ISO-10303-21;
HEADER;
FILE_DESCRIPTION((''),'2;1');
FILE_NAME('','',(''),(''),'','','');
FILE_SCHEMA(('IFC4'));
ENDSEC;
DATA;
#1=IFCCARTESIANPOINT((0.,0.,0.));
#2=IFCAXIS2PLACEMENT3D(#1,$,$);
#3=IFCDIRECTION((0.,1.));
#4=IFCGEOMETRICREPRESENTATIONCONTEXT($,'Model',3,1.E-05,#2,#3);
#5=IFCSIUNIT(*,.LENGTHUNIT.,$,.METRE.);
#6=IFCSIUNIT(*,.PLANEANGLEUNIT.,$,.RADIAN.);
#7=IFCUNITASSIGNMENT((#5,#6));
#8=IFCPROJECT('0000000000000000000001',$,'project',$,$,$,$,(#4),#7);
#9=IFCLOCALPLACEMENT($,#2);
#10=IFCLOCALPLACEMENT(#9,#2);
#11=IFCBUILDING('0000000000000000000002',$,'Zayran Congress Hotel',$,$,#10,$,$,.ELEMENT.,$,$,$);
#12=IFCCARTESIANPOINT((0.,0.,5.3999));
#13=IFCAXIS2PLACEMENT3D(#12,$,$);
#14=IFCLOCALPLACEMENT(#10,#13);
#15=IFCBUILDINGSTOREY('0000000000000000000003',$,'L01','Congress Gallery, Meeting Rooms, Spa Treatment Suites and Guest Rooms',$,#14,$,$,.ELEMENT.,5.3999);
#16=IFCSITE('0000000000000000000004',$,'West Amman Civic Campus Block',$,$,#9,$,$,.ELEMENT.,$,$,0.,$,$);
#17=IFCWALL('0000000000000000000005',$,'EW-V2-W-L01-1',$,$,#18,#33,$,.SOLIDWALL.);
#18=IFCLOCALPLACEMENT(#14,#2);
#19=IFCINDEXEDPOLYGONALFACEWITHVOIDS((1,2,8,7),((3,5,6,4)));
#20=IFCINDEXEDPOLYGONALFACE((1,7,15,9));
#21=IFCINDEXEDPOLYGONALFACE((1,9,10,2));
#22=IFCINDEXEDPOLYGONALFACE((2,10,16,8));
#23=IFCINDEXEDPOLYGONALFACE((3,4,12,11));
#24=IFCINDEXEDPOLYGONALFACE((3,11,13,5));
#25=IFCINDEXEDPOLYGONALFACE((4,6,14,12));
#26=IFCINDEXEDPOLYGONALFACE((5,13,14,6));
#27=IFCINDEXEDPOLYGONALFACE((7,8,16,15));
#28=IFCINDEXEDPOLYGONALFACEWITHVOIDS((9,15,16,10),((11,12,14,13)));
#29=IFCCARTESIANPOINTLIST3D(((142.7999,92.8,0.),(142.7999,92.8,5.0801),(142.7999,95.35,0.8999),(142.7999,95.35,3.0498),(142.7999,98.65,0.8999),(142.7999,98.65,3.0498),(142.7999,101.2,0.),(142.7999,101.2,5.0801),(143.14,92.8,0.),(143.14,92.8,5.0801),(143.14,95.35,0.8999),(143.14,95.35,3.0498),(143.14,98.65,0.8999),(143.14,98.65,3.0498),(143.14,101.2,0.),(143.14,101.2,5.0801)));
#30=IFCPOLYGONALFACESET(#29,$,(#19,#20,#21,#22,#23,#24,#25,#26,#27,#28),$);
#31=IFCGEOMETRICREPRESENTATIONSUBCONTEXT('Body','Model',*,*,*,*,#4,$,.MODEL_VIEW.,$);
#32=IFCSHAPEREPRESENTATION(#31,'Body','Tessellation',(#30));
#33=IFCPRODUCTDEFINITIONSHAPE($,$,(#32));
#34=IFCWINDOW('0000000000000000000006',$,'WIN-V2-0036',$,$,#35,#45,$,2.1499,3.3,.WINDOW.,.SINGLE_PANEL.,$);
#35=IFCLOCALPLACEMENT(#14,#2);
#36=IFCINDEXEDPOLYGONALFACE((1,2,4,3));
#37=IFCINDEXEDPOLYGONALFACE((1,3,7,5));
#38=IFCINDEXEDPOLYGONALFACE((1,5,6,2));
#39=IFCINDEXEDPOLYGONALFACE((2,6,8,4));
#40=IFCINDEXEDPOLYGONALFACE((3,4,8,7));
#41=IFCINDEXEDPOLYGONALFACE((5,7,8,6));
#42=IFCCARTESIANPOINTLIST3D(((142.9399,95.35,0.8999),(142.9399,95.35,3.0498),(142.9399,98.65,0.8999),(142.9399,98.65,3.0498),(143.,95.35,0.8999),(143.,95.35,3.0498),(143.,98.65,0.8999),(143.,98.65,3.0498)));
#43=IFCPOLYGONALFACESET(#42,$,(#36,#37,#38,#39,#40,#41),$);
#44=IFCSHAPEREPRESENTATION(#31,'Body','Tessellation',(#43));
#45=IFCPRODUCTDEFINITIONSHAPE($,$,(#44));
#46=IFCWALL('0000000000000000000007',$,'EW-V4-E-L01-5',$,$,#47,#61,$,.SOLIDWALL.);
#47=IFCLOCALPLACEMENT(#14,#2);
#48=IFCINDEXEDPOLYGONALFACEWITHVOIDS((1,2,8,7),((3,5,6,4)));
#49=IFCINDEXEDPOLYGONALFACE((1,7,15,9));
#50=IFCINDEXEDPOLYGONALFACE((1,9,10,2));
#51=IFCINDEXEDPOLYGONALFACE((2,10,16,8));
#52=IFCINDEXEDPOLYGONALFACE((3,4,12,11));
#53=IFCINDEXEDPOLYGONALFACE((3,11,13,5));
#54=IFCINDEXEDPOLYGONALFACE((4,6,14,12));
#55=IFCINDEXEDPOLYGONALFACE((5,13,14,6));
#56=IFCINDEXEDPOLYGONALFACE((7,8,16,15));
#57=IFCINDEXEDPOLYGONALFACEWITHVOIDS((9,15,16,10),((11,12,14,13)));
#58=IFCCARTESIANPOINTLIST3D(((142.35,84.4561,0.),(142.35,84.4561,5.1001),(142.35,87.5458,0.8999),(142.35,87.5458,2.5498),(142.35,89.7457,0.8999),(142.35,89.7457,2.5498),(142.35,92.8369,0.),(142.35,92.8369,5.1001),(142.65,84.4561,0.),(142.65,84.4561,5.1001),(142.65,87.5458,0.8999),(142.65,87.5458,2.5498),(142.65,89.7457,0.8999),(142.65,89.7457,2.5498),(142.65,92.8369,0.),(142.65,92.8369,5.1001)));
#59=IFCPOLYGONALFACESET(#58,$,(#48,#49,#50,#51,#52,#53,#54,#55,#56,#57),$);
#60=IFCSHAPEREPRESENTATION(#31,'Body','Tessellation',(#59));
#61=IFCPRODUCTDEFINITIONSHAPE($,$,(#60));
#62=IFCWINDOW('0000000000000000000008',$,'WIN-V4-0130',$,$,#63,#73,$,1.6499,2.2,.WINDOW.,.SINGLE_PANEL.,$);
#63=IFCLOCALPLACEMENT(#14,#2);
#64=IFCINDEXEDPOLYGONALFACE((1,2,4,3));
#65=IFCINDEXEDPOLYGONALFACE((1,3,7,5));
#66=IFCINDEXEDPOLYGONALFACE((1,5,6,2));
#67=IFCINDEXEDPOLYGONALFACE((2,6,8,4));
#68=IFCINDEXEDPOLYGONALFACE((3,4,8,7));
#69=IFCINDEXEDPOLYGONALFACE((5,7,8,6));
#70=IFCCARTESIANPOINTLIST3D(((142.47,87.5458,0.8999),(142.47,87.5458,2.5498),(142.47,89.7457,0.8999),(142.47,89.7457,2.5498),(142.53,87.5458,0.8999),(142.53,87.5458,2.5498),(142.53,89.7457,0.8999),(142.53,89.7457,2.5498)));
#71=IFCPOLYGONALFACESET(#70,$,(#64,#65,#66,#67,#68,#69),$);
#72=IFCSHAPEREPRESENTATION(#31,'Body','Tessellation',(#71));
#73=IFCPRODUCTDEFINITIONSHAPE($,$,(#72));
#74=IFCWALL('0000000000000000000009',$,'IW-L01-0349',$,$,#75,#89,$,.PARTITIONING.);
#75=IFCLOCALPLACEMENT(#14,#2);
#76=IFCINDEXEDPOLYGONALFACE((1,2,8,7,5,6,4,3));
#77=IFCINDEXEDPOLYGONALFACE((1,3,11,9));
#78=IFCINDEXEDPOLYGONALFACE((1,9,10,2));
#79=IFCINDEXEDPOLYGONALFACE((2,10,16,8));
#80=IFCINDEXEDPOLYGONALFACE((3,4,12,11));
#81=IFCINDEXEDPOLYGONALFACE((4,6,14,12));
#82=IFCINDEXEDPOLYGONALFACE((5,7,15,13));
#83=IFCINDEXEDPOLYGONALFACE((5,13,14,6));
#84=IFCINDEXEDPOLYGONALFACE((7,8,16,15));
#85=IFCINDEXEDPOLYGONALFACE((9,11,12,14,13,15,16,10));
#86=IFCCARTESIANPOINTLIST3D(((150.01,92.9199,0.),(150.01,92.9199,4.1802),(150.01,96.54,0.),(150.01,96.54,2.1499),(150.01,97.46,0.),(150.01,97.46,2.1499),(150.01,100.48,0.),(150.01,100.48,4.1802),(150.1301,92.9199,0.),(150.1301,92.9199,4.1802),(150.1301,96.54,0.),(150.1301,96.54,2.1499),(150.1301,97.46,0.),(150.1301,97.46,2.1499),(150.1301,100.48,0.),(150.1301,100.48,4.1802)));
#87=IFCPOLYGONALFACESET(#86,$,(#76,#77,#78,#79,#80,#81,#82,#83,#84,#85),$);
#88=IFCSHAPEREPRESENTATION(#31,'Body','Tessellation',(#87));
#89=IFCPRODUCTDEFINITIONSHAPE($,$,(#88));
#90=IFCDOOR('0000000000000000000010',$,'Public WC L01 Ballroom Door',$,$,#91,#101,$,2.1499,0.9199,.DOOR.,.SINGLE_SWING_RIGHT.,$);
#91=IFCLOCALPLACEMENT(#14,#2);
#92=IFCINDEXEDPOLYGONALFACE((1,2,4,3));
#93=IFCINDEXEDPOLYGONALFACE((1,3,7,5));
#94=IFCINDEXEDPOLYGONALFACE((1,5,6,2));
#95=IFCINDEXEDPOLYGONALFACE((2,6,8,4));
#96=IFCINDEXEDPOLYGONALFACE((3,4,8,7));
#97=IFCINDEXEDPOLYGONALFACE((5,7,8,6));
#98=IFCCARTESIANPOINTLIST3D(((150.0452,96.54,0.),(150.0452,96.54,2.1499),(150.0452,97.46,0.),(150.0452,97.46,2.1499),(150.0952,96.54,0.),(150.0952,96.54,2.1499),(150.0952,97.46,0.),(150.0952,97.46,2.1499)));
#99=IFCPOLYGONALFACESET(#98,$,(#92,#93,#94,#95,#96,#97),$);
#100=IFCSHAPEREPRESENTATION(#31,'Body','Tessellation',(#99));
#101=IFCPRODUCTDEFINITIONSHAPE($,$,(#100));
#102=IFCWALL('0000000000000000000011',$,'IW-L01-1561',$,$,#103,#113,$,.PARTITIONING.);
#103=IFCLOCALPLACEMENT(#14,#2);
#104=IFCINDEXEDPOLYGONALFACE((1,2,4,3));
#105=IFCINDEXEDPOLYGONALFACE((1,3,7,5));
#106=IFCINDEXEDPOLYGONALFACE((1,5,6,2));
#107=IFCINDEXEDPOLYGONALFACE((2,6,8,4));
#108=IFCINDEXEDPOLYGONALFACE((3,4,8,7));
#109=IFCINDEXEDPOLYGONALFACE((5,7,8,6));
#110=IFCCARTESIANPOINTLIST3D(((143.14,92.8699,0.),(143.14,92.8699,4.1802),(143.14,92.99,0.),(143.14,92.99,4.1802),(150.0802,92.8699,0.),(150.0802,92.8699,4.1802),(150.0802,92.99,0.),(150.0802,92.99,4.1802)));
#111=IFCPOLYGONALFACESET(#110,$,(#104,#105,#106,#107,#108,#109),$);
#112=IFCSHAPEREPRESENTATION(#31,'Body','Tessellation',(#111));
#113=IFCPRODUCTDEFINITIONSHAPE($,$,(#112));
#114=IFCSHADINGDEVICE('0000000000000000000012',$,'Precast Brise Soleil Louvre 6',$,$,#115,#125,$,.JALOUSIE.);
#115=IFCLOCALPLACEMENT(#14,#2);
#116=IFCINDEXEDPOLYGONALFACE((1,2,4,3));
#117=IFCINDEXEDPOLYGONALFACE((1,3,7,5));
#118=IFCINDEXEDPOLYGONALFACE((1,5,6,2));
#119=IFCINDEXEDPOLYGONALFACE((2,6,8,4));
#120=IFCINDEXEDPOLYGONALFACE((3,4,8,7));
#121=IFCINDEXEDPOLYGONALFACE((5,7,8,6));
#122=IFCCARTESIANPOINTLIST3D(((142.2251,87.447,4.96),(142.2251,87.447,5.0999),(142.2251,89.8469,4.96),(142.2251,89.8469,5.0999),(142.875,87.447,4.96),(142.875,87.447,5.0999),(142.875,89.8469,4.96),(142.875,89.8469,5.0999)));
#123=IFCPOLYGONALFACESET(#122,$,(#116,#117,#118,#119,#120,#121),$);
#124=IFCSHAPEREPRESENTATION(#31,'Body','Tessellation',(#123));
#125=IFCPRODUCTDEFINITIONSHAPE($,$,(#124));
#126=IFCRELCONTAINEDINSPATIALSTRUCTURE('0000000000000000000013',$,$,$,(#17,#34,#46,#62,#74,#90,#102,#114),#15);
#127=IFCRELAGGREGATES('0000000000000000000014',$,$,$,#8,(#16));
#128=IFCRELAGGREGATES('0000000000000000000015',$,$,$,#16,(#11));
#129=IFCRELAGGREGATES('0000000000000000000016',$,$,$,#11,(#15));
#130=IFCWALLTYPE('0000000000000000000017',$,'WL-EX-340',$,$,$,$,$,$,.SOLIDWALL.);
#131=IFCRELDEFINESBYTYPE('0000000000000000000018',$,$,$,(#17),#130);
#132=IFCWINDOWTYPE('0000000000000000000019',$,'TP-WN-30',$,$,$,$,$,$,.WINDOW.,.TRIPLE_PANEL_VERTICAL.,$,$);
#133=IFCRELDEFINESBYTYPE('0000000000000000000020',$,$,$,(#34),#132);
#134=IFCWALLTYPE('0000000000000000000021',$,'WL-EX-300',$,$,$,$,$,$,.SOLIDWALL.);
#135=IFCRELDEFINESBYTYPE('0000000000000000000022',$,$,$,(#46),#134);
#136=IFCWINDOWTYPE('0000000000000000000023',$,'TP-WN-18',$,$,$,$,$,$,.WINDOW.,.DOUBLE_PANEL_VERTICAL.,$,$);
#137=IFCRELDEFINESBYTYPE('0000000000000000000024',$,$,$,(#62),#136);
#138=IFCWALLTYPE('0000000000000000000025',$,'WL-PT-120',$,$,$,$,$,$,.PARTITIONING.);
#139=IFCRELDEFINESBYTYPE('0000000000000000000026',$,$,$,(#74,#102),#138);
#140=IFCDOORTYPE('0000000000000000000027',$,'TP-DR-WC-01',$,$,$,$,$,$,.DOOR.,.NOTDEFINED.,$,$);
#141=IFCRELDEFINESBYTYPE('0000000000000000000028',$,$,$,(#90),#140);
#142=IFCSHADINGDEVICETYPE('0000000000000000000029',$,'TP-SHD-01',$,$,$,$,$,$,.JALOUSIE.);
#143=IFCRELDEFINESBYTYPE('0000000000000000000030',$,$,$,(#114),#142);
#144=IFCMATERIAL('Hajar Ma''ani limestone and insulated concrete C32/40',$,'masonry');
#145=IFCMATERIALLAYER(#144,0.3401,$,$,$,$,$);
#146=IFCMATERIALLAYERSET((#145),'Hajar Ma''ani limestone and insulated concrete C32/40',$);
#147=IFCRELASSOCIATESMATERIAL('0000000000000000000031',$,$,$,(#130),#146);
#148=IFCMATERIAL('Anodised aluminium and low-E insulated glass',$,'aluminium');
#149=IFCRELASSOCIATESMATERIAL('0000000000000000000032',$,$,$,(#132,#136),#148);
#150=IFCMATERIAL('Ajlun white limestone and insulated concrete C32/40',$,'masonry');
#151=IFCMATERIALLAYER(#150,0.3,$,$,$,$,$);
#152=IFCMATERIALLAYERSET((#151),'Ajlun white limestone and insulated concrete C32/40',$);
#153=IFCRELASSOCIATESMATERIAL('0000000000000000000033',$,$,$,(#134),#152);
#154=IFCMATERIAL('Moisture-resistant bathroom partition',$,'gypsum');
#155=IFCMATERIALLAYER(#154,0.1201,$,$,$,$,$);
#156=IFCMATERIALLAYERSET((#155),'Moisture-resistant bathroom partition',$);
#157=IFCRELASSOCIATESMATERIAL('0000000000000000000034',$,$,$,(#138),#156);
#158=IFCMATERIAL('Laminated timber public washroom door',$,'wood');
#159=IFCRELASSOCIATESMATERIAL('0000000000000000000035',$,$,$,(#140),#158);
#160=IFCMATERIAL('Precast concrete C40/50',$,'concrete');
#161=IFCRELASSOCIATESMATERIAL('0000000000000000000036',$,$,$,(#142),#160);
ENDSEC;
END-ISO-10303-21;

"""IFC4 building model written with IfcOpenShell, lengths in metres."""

from ifc_helpers import new_model, si_unit, direction, frame, frame_2d, origin, origin_2d, place, context, subcontext, project, spatial, rectangle, extrude, material, layer, layer_set, type_object, element, fill, save


model = new_model("IFC4")

# Units and contexts
model_context = context("Model", 3, precision=1e-05, world=origin(), true_north=direction((0.0, 1.0)))
body_context = subcontext(model_context, "Body", "Model", "MODEL_VIEW")
ifc_project = project(units=[si_unit("LENGTHUNIT", "METRE"), si_unit("PLANEANGLEUNIT", "RADIAN")], contexts=[model_context])

# Site, building, storey
site_placement = place(None, origin())
site = spatial("IfcSite", under=ifc_project, at=site_placement, Name="West Amman Civic Campus Block", CompositionType="ELEMENT", RefElevation=0.0)
building_placement = place(site_placement, origin())
building = spatial("IfcBuilding", under=site, at=building_placement, Name="Zayran Congress Hotel", CompositionType="ELEMENT")
storey_placement = place(building_placement, frame((0.0, 0.0, 5.3999)))
storey = spatial("IfcBuildingStorey", under=building, at=storey_placement, Name="L01", Description="Congress Gallery, Meeting Rooms, Spa Treatment Suites and Guest Rooms", CompositionType="ELEMENT", Elevation=5.3999)

# Walls, openings, windows
ifc_material_1 = material(Name="Hajar Ma'ani limestone and insulated concrete C32/40", Category="masonry")
ifc_layer_1 = layer(ifc_material_1, 0.3401)
ifc_layer_set_1 = layer_set([ifc_layer_1], Name="Hajar Ma'ani limestone and insulated concrete C32/40")
wall_type_1 = type_object("IfcWallType", Name="WL-EX-340", PredefinedType="SOLIDWALL", material=ifc_layer_set_1)
wall_1_placement = place(storey_placement, frame((142.97, 92.8, 0.0), z_axis=(0.0, 0.0, 1.0), x_axis=(0.0, 1.0, 0.0)))
wall_1 = element("IfcWall", 1, at=wall_1_placement, inside=storey, type_object=wall_type_1, Name="EW-V2-W-L01-1", PredefinedType="SOLIDWALL", context=body_context, shape_type="SweptSolid", body=[
    extrude(rectangle(XDim=8.3999, YDim=0.3401, at=frame_2d((4.2, 0.0))), origin(), (0.0, 0.0, 1.0), 5.0801),
])
opening_1_placement = place(wall_1_placement, frame((2.55, 0.0, 0.8999)))
opening_1 = element("IfcOpeningElement", 2, at=opening_1_placement, cuts=wall_1, PredefinedType="OPENING", context=body_context, shape_type="SweptSolid", body=[
    extrude(rectangle(XDim=3.3, YDim=2.1499, at=frame_2d((1.6499, 1.075))), frame((0.0, 0.1799, 0.0), z_axis=(0.0, -1.0, 0.0), x_axis=(1.0, 0.0, 0.0)), (0.0, 0.0, 1.0), 0.3601),
])
ifc_material_2 = material(Name="Anodised aluminium and low-E insulated glass", Category="aluminium")
window_type_1 = type_object("IfcWindowType", Name="TP-WN-30", PartitioningType="TRIPLE_PANEL_VERTICAL", PredefinedType="WINDOW", material=ifc_material_2)
window_1_placement = place(opening_1_placement, origin())
window_1 = element("IfcWindow", 3, at=window_1_placement, inside=storey, type_object=window_type_1, Name="WIN-V2-0036", OverallHeight=2.1499, OverallWidth=3.3, PartitioningType="SINGLE_PANEL", PredefinedType="WINDOW", context=body_context, shape_type="SweptSolid", body=[
    extrude(rectangle(XDim=3.3, YDim=2.1499, at=frame_2d((1.6499, 1.075))), frame((0.0, 0.03, 0.0), z_axis=(0.0, -1.0, 0.0), x_axis=(1.0, 0.0, 0.0)), (0.0, 0.0, 1.0), 0.0601),
])
fill(opening_1, window_1)
ifc_material_3 = material(Name="Ajlun white limestone and insulated concrete C32/40", Category="masonry")
ifc_layer_2 = layer(ifc_material_3, 0.3)
ifc_layer_set_2 = layer_set([ifc_layer_2], Name="Ajlun white limestone and insulated concrete C32/40")
wall_type_2 = type_object("IfcWallType", Name="WL-EX-300", PredefinedType="SOLIDWALL", material=ifc_layer_set_2)
wall_2_placement = place(storey_placement, frame((142.5, 92.8369, 0.0), z_axis=(0.0, 0.0, 1.0), x_axis=(0.0, -1.0, 0.0)))
wall_2 = element("IfcWall", 4, at=wall_2_placement, inside=storey, type_object=wall_type_2, Name="EW-V4-E-L01-5", PredefinedType="SOLIDWALL", context=body_context, shape_type="SweptSolid", body=[
    extrude(rectangle(XDim=8.3809, YDim=0.3, at=frame_2d((4.1904, 0.0))), origin(), (0.0, 0.0, 1.0), 5.1001),
])
opening_2_placement = place(wall_2_placement, frame((3.0911, 0.0, 0.8999)))
opening_2 = element("IfcOpeningElement", 5, at=opening_2_placement, cuts=wall_2, PredefinedType="OPENING", context=body_context, shape_type="SweptSolid", body=[
    extrude(rectangle(XDim=2.2, YDim=1.6499, at=frame_2d((1.1001, 0.825))), frame((0.0, 0.1599, 0.0), z_axis=(0.0, -1.0, 0.0), x_axis=(1.0, 0.0, 0.0)), (0.0, 0.0, 1.0), 0.3201),
])
window_type_2 = type_object("IfcWindowType", Name="TP-WN-18", PartitioningType="DOUBLE_PANEL_VERTICAL", PredefinedType="WINDOW", material=ifc_material_2)
window_2_placement = place(opening_2_placement, origin())
window_2 = element("IfcWindow", 6, at=window_2_placement, inside=storey, type_object=window_type_2, Name="WIN-V4-0130", OverallHeight=1.6499, OverallWidth=2.2, PartitioningType="SINGLE_PANEL", PredefinedType="WINDOW", context=body_context, shape_type="SweptSolid", body=[
    extrude(rectangle(XDim=2.2, YDim=1.6499, at=frame_2d((1.1001, 0.825))), frame((0.0, 0.03, 0.0), z_axis=(0.0, -1.0, 0.0), x_axis=(1.0, 0.0, 0.0)), (0.0, 0.0, 1.0), 0.0601),
])
fill(opening_2, window_2)

# Wall, opening, door
ifc_material_4 = material(Name="Moisture-resistant bathroom partition", Category="gypsum")
ifc_layer_3 = layer(ifc_material_4, 0.1201)
ifc_layer_set_3 = layer_set([ifc_layer_3], Name="Moisture-resistant bathroom partition")
wall_type_3 = type_object("IfcWallType", Name="WL-PT-120", PredefinedType="PARTITIONING", material=ifc_layer_set_3)
wall_3_placement = place(storey_placement, frame((150.0701, 92.9199, 0.0), z_axis=(0.0, 0.0, 1.0), x_axis=(0.0, 1.0, 0.0)))
wall_3 = element("IfcWall", 7, at=wall_3_placement, inside=storey, type_object=wall_type_3, Name="IW-L01-0349", PredefinedType="PARTITIONING", context=body_context, shape_type="SweptSolid", body=[
    extrude(rectangle(XDim=7.5601, YDim=0.1201, at=frame_2d((3.78, 0.0))), origin(), (0.0, 0.0, 1.0), 4.1802),
])
opening_3_placement = place(wall_3_placement, frame((3.6201, 0.0, 0.0)))
opening_3 = element("IfcOpeningElement", 8, at=opening_3_placement, cuts=wall_3, PredefinedType="OPENING", context=body_context, shape_type="SweptSolid", body=[
    extrude(rectangle(XDim=0.9199, YDim=2.1499, at=frame_2d((0.46, 1.075))), frame((0.0, 0.0701, 0.0), z_axis=(0.0, -1.0, 0.0), x_axis=(1.0, 0.0, 0.0)), (0.0, 0.0, 1.0), 0.1401),
])
ifc_material_5 = material(Name="Laminated timber public washroom door", Category="wood")
door_type = type_object("IfcDoorType", Name="TP-DR-WC-01", OperationType="NOTDEFINED", PredefinedType="DOOR", material=ifc_material_5)
door_placement = place(opening_3_placement, origin())
door = element("IfcDoor", 9, at=door_placement, inside=storey, type_object=door_type, Name="Public WC L01 Ballroom Door", OperationType="SINGLE_SWING_RIGHT", OverallHeight=2.1499, OverallWidth=0.9199, PredefinedType="DOOR", context=body_context, shape_type="SweptSolid", body=[
    extrude(rectangle(XDim=0.9199, YDim=2.1499, at=frame_2d((0.46, 1.075))), frame((0.0, 0.0249, 0.0), z_axis=(0.0, -1.0, 0.0), x_axis=(1.0, 0.0, 0.0)), (0.0, 0.0, 1.0), 0.05),
])
fill(opening_3, door)

# Wall
wall_4_placement = place(storey_placement, frame((143.1399, 92.9299, 0.0), z_axis=(0.0, 0.0, 1.0), x_axis=(1.0, 0.0, 0.0)))
element("IfcWall", 10, at=wall_4_placement, inside=storey, type_object=wall_type_3, Name="IW-L01-1561", PredefinedType="PARTITIONING", context=body_context, shape_type="SweptSolid", body=[
    extrude(rectangle(XDim=6.9402, YDim=0.1201, at=frame_2d((3.4702, 0.0))), origin(), (0.0, 0.0, 1.0), 4.1802),
])

# Shading device
ifc_material_6 = material(Name="Precast concrete C40/50", Category="concrete")
shading_device_type = type_object("IfcShadingDeviceType", Name="TP-SHD-01", PredefinedType="JALOUSIE", material=ifc_material_6)
shading_device_placement = place(storey_placement, frame((142.55, 88.647, 4.96), z_axis=(0.0, 0.0, 1.0), x_axis=(0.0, 1.0, 0.0)))
element("IfcShadingDevice", 11, at=shading_device_placement, inside=storey, type_object=shading_device_type, Name="Precast Brise Soleil Louvre 6", PredefinedType="JALOUSIE", context=body_context, shape_type="SweptSolid", body=[
    extrude(rectangle(XDim=2.3999, YDim=0.6499, at=origin_2d()), origin(), (0.0, 0.0, 1.0), 0.1399),
])

save(model, "model.ifc")
